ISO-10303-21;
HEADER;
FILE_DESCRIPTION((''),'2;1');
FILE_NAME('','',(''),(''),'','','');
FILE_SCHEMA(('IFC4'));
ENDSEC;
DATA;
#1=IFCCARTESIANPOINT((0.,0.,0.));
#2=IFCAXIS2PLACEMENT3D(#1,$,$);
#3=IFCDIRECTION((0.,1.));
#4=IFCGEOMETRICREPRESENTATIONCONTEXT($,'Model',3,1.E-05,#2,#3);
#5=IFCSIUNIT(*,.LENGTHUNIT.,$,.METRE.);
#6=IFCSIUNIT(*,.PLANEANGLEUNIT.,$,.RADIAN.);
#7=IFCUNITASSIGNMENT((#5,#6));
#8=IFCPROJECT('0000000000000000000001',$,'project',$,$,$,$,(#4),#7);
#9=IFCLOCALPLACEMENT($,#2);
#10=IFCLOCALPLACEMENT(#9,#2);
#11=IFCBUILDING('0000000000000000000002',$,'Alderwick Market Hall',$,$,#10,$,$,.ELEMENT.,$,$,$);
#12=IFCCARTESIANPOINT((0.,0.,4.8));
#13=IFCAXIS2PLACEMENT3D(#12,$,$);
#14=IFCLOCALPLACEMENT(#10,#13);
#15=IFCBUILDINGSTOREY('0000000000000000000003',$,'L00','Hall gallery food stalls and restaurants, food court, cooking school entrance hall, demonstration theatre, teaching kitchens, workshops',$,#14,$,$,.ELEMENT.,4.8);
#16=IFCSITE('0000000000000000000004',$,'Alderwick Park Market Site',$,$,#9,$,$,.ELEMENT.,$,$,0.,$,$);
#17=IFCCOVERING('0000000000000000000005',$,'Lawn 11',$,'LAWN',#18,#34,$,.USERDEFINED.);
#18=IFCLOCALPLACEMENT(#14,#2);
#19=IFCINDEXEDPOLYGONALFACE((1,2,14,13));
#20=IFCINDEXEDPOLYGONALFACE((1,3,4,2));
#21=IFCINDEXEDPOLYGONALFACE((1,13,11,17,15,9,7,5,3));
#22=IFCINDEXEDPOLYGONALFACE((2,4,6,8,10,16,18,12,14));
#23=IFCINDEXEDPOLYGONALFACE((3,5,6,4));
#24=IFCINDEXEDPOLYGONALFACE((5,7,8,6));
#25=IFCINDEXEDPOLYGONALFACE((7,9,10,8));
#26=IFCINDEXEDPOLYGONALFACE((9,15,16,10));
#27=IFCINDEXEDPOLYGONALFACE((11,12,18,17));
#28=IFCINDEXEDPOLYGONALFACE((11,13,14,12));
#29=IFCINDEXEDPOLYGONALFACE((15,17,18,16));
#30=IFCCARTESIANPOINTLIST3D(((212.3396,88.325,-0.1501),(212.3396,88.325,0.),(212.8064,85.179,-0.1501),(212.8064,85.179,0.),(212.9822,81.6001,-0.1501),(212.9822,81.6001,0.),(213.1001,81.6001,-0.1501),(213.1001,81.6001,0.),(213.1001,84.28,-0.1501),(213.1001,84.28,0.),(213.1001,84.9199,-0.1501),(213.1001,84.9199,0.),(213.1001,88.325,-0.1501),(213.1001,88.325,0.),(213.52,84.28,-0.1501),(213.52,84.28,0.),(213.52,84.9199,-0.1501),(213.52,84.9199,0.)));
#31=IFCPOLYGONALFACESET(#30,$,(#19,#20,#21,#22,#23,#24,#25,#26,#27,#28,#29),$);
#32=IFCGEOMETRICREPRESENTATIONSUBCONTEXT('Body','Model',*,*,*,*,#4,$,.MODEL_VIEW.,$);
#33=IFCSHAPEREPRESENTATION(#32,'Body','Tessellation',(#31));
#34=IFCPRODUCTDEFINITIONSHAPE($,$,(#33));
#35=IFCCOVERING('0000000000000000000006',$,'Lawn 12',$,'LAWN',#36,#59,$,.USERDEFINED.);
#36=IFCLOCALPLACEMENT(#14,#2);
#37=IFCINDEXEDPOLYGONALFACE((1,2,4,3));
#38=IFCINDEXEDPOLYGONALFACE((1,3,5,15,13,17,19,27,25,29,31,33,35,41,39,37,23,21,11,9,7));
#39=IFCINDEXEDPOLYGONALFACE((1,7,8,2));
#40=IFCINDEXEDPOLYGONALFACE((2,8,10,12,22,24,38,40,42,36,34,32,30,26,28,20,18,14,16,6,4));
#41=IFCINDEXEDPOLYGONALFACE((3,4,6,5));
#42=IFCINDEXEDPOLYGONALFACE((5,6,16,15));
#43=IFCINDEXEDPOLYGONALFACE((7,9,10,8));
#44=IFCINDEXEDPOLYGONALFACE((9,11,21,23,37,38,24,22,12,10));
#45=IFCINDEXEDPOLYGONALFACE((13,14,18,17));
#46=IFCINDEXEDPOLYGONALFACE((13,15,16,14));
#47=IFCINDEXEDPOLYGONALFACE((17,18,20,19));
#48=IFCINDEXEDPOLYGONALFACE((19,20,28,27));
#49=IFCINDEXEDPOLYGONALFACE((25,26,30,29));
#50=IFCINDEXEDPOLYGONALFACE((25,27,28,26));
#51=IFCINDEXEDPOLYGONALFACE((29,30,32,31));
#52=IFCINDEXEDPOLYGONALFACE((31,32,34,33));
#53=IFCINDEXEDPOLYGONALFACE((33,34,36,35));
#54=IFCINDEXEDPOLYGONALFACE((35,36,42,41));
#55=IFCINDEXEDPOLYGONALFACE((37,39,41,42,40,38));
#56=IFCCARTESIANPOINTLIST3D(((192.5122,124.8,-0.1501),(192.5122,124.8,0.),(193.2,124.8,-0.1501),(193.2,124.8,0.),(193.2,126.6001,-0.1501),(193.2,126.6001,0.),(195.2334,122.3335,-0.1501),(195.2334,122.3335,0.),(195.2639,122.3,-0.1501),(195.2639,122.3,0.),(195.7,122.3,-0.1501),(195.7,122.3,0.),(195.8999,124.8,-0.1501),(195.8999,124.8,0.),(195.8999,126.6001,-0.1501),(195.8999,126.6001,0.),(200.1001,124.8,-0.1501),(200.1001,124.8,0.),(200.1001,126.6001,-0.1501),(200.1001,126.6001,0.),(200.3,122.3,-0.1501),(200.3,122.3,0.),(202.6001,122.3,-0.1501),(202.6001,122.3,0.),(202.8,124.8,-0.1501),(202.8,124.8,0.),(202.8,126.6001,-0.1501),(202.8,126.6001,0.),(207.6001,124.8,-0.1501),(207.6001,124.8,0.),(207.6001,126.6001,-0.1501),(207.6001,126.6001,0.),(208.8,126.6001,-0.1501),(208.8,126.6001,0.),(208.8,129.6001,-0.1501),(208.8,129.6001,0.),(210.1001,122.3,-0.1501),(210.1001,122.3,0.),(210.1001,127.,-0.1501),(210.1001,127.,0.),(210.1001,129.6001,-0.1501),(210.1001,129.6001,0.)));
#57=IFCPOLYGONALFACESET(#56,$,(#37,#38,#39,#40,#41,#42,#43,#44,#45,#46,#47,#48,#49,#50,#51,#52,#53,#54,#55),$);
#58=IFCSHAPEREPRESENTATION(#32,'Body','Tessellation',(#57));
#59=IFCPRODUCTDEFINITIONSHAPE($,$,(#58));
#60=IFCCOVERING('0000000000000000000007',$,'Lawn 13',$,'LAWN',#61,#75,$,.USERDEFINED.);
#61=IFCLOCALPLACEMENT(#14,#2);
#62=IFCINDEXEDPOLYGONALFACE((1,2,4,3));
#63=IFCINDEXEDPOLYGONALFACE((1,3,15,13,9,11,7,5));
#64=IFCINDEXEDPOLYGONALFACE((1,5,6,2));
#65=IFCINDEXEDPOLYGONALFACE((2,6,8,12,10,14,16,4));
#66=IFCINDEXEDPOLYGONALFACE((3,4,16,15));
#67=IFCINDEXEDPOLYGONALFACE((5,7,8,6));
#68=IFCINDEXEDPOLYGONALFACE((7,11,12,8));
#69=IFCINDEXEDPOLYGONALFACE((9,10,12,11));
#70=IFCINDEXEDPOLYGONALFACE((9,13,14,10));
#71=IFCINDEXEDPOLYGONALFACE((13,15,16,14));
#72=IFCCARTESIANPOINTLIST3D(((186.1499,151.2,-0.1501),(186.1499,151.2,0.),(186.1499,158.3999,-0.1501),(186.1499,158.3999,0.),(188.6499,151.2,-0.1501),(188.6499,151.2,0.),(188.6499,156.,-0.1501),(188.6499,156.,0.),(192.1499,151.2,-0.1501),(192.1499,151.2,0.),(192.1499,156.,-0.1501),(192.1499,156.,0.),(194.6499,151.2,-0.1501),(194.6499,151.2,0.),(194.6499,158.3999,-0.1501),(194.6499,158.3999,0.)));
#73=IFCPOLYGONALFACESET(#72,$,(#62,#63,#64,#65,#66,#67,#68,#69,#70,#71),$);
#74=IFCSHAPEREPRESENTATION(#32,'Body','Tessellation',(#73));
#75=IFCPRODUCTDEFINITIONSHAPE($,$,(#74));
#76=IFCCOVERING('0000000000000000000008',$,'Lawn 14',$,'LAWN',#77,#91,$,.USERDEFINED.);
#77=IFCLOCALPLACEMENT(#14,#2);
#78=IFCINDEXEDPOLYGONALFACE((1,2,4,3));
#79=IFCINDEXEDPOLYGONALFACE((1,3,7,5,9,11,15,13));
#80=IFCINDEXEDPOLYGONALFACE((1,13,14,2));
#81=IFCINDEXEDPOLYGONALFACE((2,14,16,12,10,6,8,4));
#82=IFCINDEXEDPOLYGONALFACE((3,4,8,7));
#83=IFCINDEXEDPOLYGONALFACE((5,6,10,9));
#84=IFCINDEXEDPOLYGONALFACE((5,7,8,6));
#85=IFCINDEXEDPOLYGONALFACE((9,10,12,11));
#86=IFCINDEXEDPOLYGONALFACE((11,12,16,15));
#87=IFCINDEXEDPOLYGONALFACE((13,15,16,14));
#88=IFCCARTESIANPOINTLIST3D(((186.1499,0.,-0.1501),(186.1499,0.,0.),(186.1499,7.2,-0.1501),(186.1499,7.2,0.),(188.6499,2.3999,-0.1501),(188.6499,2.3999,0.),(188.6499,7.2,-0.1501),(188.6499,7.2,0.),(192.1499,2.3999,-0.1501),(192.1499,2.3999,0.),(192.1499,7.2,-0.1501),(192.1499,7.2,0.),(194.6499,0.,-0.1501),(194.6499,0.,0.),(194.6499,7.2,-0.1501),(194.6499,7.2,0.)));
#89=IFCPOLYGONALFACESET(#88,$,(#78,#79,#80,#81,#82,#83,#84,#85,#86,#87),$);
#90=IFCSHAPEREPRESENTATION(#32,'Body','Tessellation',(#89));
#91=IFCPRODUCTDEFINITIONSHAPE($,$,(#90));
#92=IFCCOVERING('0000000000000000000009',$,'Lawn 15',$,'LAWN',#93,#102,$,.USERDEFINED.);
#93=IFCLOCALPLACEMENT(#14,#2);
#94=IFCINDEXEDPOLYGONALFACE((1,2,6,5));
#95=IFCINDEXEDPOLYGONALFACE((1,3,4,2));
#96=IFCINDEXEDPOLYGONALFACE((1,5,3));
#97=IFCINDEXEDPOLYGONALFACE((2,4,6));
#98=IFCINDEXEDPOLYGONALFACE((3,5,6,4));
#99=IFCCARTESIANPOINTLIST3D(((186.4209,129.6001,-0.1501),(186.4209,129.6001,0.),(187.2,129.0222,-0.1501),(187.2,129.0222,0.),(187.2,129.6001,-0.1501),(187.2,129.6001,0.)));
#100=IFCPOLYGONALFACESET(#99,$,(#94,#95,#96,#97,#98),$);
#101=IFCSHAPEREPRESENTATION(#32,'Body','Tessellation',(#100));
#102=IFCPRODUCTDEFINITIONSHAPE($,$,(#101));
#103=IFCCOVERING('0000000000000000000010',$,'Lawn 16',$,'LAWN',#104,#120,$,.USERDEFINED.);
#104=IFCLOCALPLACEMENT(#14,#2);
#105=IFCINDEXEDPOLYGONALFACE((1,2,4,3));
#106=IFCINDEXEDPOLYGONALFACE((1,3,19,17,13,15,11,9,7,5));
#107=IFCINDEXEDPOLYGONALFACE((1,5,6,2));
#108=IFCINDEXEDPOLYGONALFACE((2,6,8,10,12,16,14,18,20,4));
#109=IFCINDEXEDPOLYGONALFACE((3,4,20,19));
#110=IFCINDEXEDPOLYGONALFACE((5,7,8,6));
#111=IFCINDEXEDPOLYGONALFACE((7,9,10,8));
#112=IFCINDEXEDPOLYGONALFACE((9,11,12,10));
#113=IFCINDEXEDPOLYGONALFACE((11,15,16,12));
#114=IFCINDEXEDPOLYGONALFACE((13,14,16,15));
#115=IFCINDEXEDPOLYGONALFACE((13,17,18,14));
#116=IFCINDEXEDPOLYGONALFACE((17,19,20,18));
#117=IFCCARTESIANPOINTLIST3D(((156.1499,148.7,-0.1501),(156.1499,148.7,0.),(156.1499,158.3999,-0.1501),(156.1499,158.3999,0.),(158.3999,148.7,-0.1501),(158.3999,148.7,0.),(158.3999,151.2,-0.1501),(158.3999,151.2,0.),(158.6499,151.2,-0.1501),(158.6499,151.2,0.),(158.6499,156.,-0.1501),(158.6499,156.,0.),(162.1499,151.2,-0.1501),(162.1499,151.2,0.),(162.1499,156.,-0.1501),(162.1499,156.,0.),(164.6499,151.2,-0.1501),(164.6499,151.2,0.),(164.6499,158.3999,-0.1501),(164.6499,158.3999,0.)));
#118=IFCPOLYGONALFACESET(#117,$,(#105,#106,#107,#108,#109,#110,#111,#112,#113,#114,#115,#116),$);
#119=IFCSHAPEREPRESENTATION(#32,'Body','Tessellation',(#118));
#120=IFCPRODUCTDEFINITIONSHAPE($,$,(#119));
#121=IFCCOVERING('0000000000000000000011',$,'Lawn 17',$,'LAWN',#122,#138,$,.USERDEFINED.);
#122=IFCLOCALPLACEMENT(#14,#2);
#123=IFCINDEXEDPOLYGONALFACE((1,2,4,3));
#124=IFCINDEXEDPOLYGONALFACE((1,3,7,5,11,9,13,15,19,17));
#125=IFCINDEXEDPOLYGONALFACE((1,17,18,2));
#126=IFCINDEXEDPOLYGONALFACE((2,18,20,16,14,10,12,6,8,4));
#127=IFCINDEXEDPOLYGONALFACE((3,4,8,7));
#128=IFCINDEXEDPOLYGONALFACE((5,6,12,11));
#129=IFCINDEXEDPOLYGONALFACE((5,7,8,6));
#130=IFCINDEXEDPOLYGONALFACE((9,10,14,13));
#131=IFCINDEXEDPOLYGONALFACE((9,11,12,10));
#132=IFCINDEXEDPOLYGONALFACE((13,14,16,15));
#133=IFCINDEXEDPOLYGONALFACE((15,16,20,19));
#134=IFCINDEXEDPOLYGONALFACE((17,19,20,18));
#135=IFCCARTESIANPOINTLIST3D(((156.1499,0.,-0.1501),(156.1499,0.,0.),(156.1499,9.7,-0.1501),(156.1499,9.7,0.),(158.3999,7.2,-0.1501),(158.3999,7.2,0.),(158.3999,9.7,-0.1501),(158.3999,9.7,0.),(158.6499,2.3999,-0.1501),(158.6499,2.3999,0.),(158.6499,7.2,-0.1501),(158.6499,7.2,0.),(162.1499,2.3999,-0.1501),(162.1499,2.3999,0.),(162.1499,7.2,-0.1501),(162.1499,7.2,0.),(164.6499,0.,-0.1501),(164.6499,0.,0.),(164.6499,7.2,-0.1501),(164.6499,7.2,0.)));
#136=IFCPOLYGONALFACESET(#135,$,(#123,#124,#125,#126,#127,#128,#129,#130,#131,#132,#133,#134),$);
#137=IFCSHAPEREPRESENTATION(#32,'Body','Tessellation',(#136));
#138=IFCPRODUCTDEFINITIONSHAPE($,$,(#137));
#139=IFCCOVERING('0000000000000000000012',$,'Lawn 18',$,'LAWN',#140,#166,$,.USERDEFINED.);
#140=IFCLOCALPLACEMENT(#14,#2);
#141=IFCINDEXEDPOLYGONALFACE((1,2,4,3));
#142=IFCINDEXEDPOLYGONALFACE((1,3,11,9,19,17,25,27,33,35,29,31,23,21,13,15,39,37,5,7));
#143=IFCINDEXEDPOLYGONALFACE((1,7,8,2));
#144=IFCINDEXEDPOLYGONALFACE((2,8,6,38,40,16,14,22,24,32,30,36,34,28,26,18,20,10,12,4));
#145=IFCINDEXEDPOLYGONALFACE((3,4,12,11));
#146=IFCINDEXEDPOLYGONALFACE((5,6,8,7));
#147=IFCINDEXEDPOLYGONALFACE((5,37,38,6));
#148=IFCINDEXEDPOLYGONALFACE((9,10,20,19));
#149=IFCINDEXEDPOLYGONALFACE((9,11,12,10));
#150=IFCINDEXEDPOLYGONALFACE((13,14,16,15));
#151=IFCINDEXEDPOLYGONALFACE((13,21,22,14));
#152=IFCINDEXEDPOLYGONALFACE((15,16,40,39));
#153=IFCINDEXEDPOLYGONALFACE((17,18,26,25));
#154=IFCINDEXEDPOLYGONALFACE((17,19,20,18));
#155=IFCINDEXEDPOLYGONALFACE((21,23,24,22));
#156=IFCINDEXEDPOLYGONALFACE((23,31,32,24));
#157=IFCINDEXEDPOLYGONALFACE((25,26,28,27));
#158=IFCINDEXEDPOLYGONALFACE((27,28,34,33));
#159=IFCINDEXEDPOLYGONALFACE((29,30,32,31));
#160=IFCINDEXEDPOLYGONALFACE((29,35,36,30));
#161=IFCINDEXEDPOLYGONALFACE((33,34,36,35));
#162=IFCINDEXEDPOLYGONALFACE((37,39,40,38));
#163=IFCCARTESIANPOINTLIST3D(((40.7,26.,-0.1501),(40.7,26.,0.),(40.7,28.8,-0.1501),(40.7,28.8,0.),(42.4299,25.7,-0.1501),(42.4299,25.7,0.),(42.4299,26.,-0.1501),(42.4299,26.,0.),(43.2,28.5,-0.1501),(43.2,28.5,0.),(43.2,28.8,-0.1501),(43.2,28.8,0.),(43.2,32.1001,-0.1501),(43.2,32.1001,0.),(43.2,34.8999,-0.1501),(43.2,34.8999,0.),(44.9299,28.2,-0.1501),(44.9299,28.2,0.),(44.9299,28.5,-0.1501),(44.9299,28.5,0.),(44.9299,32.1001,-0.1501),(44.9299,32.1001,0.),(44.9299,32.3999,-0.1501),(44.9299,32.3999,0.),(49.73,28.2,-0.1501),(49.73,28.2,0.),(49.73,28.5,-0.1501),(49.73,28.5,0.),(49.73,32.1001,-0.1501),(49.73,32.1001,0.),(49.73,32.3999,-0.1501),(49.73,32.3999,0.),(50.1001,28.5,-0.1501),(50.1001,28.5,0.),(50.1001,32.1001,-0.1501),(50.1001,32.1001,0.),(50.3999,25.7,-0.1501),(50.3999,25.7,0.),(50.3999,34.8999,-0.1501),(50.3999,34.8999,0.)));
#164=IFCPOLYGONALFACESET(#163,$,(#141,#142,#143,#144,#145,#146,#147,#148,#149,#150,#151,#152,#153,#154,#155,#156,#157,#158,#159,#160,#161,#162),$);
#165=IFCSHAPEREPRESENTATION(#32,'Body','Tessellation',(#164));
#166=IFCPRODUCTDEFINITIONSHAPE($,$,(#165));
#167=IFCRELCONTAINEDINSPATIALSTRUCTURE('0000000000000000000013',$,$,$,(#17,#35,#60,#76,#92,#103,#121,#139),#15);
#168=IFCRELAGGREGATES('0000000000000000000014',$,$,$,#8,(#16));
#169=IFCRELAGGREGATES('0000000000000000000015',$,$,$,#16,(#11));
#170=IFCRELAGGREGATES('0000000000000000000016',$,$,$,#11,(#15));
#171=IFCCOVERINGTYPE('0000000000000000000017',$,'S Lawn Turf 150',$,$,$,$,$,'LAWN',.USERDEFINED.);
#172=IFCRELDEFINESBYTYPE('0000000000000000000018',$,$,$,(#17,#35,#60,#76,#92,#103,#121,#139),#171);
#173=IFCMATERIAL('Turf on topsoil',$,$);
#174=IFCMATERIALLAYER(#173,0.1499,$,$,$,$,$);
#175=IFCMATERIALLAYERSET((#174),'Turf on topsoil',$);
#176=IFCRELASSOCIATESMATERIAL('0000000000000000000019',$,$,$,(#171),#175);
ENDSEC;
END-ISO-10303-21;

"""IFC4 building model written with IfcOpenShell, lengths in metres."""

from ifc_helpers import new_model, si_unit, direction, frame, origin, place, context, subcontext, project, spatial, polyline, outline, extrude, material, layer, layer_set, type_object, element, save


model = new_model("IFC4")

# Units and contexts
model_context = context("Model", 3, precision=1e-05, world=origin(), true_north=direction((0.0, 1.0)))
body_context = subcontext(model_context, "Body", "Model", "MODEL_VIEW")
ifc_project = project(units=[si_unit("LENGTHUNIT", "METRE"), si_unit("PLANEANGLEUNIT", "RADIAN")], contexts=[model_context])

# Site, building, storey
site_placement = place(None, origin())
site = spatial("IfcSite", under=ifc_project, at=site_placement, Name="Alderwick Park Market Site", CompositionType="ELEMENT", RefElevation=0.0)
building_placement = place(site_placement, origin())
building = spatial("IfcBuilding", under=site, at=building_placement, Name="Alderwick Market Hall", CompositionType="ELEMENT")
storey_placement = place(building_placement, frame((0.0, 0.0, 4.8)))
storey = spatial("IfcBuildingStorey", under=building, at=storey_placement, Name="L00", Description="Hall gallery food stalls and restaurants, food court, cooking school entrance hall, demonstration theatre, teaching kitchens, workshops", CompositionType="ELEMENT", Elevation=4.8)

# Coverings
ifc_material_1 = material(Name="Turf on topsoil")
ifc_layer_1 = layer(ifc_material_1, 0.1499)
ifc_layer_set_1 = layer_set([ifc_layer_1], Name="Turf on topsoil")
covering_type_1 = type_object("IfcCoveringType", Name="S Lawn Turf 150", ElementType="LAWN", PredefinedType="USERDEFINED", material=ifc_layer_set_1)
covering_1_placement = place(storey_placement, frame((0.0, 0.0, -0.1501)))
element("IfcCovering", 1, at=covering_1_placement, inside=storey, type_object=covering_type_1, Name="Lawn 11", ObjectType="LAWN", PredefinedType="USERDEFINED", context=body_context, shape_type="SweptSolid", body=[
    extrude(outline(polyline([(213.1001, 88.325), (212.3396, 88.325), (212.8064, 85.179), (212.9822, 81.6001), (213.1001, 81.6001), (213.1001, 84.28), (213.52, 84.28), (213.52, 84.9199), (213.1001, 84.9199), (213.1001, 88.325)])), origin(), (0.0, 0.0, 1.0), 0.1501),
])
covering_2_placement = place(storey_placement, frame((0.0, 0.0, -0.1501)))
element("IfcCovering", 2, at=covering_2_placement, inside=storey, type_object=covering_type_1, Name="Lawn 12", ObjectType="LAWN", PredefinedType="USERDEFINED", context=body_context, shape_type="SweptSolid", body=[
    extrude(outline(polyline([(208.8, 126.6001), (207.6001, 126.6001), (207.6001, 124.8), (202.8, 124.8), (202.8, 126.6001), (200.1001, 126.6001), (200.1001, 124.8), (195.8999, 124.8), (195.8999, 126.6001), (193.2, 126.6001), (193.2, 124.8), (192.5122, 124.8), (195.2334, 122.3335), (195.2639, 122.3), (195.7, 122.3), (200.3, 122.3), (202.6001, 122.3), (210.1001, 122.3), (210.1001, 127.0), (210.1001, 129.6001), (208.8, 129.6001), (208.8, 126.6001)])), origin(), (0.0, 0.0, 1.0), 0.1501),
])
covering_3_placement = place(storey_placement, frame((0.0, 0.0, -0.1501)))
element("IfcCovering", 3, at=covering_3_placement, inside=storey, type_object=covering_type_1, Name="Lawn 13", ObjectType="LAWN", PredefinedType="USERDEFINED", context=body_context, shape_type="SweptSolid", body=[
    extrude(outline(polyline([(192.1499, 151.2), (194.6499, 151.2), (194.6499, 158.3999), (186.1499, 158.3999), (186.1499, 151.2), (188.6499, 151.2), (188.6499, 156.0), (192.1499, 156.0), (192.1499, 151.2)])), origin(), (0.0, 0.0, 1.0), 0.1501),
])
covering_4_placement = place(storey_placement, frame((0.0, 0.0, -0.1501)))
element("IfcCovering", 4, at=covering_4_placement, inside=storey, type_object=covering_type_1, Name="Lawn 14", ObjectType="LAWN", PredefinedType="USERDEFINED", context=body_context, shape_type="SweptSolid", body=[
    extrude(outline(polyline([(188.6499, 7.2), (186.1499, 7.2), (186.1499, 0.0), (194.6499, 0.0), (194.6499, 7.2), (192.1499, 7.2), (192.1499, 2.3999), (188.6499, 2.3999), (188.6499, 7.2)])), origin(), (0.0, 0.0, 1.0), 0.1501),
])
covering_5_placement = place(storey_placement, frame((0.0, 0.0, -0.1501)))
element("IfcCovering", 5, at=covering_5_placement, inside=storey, type_object=covering_type_1, Name="Lawn 15", ObjectType="LAWN", PredefinedType="USERDEFINED", context=body_context, shape_type="SweptSolid", body=[
    extrude(outline(polyline([(186.4209, 129.6001), (187.2, 129.0222), (187.2, 129.6001), (186.4209, 129.6001)])), origin(), (0.0, 0.0, 1.0), 0.1501),
])
covering_6_placement = place(storey_placement, frame((0.0, 0.0, -0.1501)))
element("IfcCovering", 6, at=covering_6_placement, inside=storey, type_object=covering_type_1, Name="Lawn 16", ObjectType="LAWN", PredefinedType="USERDEFINED", context=body_context, shape_type="SweptSolid", body=[
    extrude(outline(polyline([(164.6499, 158.3999), (156.1499, 158.3999), (156.1499, 148.7), (158.3999, 148.7), (158.3999, 151.2), (158.6499, 151.2), (158.6499, 156.0), (162.1499, 156.0), (162.1499, 151.2), (164.6499, 151.2), (164.6499, 158.3999)])), origin(), (0.0, 0.0, 1.0), 0.1501),
])
covering_7_placement = place(storey_placement, frame((0.0, 0.0, -0.1501)))
element("IfcCovering", 7, at=covering_7_placement, inside=storey, type_object=covering_type_1, Name="Lawn 17", ObjectType="LAWN", PredefinedType="USERDEFINED", context=body_context, shape_type="SweptSolid", body=[
    extrude(outline(polyline([(164.6499, 7.2), (162.1499, 7.2), (162.1499, 2.3999), (158.6499, 2.3999), (158.6499, 7.2), (158.3999, 7.2), (158.3999, 9.7), (156.1499, 9.7), (156.1499, 0.0), (164.6499, 0.0), (164.6499, 7.2)])), origin(), (0.0, 0.0, 1.0), 0.1501),
])
covering_8_placement = place(storey_placement, frame((0.0, 0.0, -0.1501)))
element("IfcCovering", 8, at=covering_8_placement, inside=storey, type_object=covering_type_1, Name="Lawn 18", ObjectType="LAWN", PredefinedType="USERDEFINED", context=body_context, shape_type="SweptSolid", body=[
    extrude(outline(polyline([(42.4299, 26.0), (42.4299, 25.7), (50.3999, 25.7), (50.3999, 34.8999), (43.2, 34.8999), (43.2, 32.1001), (44.9299, 32.1001), (44.9299, 32.3999), (49.73, 32.3999), (49.73, 32.1001), (50.1001, 32.1001), (50.1001, 28.5), (49.73, 28.5), (49.73, 28.2), (44.9299, 28.2), (44.9299, 28.5), (43.2, 28.5), (43.2, 28.8), (40.7, 28.8), (40.7, 26.0), (42.4299, 26.0)])), origin(), (0.0, 0.0, 1.0), 0.1501),
])

save(model, "model.ifc")
